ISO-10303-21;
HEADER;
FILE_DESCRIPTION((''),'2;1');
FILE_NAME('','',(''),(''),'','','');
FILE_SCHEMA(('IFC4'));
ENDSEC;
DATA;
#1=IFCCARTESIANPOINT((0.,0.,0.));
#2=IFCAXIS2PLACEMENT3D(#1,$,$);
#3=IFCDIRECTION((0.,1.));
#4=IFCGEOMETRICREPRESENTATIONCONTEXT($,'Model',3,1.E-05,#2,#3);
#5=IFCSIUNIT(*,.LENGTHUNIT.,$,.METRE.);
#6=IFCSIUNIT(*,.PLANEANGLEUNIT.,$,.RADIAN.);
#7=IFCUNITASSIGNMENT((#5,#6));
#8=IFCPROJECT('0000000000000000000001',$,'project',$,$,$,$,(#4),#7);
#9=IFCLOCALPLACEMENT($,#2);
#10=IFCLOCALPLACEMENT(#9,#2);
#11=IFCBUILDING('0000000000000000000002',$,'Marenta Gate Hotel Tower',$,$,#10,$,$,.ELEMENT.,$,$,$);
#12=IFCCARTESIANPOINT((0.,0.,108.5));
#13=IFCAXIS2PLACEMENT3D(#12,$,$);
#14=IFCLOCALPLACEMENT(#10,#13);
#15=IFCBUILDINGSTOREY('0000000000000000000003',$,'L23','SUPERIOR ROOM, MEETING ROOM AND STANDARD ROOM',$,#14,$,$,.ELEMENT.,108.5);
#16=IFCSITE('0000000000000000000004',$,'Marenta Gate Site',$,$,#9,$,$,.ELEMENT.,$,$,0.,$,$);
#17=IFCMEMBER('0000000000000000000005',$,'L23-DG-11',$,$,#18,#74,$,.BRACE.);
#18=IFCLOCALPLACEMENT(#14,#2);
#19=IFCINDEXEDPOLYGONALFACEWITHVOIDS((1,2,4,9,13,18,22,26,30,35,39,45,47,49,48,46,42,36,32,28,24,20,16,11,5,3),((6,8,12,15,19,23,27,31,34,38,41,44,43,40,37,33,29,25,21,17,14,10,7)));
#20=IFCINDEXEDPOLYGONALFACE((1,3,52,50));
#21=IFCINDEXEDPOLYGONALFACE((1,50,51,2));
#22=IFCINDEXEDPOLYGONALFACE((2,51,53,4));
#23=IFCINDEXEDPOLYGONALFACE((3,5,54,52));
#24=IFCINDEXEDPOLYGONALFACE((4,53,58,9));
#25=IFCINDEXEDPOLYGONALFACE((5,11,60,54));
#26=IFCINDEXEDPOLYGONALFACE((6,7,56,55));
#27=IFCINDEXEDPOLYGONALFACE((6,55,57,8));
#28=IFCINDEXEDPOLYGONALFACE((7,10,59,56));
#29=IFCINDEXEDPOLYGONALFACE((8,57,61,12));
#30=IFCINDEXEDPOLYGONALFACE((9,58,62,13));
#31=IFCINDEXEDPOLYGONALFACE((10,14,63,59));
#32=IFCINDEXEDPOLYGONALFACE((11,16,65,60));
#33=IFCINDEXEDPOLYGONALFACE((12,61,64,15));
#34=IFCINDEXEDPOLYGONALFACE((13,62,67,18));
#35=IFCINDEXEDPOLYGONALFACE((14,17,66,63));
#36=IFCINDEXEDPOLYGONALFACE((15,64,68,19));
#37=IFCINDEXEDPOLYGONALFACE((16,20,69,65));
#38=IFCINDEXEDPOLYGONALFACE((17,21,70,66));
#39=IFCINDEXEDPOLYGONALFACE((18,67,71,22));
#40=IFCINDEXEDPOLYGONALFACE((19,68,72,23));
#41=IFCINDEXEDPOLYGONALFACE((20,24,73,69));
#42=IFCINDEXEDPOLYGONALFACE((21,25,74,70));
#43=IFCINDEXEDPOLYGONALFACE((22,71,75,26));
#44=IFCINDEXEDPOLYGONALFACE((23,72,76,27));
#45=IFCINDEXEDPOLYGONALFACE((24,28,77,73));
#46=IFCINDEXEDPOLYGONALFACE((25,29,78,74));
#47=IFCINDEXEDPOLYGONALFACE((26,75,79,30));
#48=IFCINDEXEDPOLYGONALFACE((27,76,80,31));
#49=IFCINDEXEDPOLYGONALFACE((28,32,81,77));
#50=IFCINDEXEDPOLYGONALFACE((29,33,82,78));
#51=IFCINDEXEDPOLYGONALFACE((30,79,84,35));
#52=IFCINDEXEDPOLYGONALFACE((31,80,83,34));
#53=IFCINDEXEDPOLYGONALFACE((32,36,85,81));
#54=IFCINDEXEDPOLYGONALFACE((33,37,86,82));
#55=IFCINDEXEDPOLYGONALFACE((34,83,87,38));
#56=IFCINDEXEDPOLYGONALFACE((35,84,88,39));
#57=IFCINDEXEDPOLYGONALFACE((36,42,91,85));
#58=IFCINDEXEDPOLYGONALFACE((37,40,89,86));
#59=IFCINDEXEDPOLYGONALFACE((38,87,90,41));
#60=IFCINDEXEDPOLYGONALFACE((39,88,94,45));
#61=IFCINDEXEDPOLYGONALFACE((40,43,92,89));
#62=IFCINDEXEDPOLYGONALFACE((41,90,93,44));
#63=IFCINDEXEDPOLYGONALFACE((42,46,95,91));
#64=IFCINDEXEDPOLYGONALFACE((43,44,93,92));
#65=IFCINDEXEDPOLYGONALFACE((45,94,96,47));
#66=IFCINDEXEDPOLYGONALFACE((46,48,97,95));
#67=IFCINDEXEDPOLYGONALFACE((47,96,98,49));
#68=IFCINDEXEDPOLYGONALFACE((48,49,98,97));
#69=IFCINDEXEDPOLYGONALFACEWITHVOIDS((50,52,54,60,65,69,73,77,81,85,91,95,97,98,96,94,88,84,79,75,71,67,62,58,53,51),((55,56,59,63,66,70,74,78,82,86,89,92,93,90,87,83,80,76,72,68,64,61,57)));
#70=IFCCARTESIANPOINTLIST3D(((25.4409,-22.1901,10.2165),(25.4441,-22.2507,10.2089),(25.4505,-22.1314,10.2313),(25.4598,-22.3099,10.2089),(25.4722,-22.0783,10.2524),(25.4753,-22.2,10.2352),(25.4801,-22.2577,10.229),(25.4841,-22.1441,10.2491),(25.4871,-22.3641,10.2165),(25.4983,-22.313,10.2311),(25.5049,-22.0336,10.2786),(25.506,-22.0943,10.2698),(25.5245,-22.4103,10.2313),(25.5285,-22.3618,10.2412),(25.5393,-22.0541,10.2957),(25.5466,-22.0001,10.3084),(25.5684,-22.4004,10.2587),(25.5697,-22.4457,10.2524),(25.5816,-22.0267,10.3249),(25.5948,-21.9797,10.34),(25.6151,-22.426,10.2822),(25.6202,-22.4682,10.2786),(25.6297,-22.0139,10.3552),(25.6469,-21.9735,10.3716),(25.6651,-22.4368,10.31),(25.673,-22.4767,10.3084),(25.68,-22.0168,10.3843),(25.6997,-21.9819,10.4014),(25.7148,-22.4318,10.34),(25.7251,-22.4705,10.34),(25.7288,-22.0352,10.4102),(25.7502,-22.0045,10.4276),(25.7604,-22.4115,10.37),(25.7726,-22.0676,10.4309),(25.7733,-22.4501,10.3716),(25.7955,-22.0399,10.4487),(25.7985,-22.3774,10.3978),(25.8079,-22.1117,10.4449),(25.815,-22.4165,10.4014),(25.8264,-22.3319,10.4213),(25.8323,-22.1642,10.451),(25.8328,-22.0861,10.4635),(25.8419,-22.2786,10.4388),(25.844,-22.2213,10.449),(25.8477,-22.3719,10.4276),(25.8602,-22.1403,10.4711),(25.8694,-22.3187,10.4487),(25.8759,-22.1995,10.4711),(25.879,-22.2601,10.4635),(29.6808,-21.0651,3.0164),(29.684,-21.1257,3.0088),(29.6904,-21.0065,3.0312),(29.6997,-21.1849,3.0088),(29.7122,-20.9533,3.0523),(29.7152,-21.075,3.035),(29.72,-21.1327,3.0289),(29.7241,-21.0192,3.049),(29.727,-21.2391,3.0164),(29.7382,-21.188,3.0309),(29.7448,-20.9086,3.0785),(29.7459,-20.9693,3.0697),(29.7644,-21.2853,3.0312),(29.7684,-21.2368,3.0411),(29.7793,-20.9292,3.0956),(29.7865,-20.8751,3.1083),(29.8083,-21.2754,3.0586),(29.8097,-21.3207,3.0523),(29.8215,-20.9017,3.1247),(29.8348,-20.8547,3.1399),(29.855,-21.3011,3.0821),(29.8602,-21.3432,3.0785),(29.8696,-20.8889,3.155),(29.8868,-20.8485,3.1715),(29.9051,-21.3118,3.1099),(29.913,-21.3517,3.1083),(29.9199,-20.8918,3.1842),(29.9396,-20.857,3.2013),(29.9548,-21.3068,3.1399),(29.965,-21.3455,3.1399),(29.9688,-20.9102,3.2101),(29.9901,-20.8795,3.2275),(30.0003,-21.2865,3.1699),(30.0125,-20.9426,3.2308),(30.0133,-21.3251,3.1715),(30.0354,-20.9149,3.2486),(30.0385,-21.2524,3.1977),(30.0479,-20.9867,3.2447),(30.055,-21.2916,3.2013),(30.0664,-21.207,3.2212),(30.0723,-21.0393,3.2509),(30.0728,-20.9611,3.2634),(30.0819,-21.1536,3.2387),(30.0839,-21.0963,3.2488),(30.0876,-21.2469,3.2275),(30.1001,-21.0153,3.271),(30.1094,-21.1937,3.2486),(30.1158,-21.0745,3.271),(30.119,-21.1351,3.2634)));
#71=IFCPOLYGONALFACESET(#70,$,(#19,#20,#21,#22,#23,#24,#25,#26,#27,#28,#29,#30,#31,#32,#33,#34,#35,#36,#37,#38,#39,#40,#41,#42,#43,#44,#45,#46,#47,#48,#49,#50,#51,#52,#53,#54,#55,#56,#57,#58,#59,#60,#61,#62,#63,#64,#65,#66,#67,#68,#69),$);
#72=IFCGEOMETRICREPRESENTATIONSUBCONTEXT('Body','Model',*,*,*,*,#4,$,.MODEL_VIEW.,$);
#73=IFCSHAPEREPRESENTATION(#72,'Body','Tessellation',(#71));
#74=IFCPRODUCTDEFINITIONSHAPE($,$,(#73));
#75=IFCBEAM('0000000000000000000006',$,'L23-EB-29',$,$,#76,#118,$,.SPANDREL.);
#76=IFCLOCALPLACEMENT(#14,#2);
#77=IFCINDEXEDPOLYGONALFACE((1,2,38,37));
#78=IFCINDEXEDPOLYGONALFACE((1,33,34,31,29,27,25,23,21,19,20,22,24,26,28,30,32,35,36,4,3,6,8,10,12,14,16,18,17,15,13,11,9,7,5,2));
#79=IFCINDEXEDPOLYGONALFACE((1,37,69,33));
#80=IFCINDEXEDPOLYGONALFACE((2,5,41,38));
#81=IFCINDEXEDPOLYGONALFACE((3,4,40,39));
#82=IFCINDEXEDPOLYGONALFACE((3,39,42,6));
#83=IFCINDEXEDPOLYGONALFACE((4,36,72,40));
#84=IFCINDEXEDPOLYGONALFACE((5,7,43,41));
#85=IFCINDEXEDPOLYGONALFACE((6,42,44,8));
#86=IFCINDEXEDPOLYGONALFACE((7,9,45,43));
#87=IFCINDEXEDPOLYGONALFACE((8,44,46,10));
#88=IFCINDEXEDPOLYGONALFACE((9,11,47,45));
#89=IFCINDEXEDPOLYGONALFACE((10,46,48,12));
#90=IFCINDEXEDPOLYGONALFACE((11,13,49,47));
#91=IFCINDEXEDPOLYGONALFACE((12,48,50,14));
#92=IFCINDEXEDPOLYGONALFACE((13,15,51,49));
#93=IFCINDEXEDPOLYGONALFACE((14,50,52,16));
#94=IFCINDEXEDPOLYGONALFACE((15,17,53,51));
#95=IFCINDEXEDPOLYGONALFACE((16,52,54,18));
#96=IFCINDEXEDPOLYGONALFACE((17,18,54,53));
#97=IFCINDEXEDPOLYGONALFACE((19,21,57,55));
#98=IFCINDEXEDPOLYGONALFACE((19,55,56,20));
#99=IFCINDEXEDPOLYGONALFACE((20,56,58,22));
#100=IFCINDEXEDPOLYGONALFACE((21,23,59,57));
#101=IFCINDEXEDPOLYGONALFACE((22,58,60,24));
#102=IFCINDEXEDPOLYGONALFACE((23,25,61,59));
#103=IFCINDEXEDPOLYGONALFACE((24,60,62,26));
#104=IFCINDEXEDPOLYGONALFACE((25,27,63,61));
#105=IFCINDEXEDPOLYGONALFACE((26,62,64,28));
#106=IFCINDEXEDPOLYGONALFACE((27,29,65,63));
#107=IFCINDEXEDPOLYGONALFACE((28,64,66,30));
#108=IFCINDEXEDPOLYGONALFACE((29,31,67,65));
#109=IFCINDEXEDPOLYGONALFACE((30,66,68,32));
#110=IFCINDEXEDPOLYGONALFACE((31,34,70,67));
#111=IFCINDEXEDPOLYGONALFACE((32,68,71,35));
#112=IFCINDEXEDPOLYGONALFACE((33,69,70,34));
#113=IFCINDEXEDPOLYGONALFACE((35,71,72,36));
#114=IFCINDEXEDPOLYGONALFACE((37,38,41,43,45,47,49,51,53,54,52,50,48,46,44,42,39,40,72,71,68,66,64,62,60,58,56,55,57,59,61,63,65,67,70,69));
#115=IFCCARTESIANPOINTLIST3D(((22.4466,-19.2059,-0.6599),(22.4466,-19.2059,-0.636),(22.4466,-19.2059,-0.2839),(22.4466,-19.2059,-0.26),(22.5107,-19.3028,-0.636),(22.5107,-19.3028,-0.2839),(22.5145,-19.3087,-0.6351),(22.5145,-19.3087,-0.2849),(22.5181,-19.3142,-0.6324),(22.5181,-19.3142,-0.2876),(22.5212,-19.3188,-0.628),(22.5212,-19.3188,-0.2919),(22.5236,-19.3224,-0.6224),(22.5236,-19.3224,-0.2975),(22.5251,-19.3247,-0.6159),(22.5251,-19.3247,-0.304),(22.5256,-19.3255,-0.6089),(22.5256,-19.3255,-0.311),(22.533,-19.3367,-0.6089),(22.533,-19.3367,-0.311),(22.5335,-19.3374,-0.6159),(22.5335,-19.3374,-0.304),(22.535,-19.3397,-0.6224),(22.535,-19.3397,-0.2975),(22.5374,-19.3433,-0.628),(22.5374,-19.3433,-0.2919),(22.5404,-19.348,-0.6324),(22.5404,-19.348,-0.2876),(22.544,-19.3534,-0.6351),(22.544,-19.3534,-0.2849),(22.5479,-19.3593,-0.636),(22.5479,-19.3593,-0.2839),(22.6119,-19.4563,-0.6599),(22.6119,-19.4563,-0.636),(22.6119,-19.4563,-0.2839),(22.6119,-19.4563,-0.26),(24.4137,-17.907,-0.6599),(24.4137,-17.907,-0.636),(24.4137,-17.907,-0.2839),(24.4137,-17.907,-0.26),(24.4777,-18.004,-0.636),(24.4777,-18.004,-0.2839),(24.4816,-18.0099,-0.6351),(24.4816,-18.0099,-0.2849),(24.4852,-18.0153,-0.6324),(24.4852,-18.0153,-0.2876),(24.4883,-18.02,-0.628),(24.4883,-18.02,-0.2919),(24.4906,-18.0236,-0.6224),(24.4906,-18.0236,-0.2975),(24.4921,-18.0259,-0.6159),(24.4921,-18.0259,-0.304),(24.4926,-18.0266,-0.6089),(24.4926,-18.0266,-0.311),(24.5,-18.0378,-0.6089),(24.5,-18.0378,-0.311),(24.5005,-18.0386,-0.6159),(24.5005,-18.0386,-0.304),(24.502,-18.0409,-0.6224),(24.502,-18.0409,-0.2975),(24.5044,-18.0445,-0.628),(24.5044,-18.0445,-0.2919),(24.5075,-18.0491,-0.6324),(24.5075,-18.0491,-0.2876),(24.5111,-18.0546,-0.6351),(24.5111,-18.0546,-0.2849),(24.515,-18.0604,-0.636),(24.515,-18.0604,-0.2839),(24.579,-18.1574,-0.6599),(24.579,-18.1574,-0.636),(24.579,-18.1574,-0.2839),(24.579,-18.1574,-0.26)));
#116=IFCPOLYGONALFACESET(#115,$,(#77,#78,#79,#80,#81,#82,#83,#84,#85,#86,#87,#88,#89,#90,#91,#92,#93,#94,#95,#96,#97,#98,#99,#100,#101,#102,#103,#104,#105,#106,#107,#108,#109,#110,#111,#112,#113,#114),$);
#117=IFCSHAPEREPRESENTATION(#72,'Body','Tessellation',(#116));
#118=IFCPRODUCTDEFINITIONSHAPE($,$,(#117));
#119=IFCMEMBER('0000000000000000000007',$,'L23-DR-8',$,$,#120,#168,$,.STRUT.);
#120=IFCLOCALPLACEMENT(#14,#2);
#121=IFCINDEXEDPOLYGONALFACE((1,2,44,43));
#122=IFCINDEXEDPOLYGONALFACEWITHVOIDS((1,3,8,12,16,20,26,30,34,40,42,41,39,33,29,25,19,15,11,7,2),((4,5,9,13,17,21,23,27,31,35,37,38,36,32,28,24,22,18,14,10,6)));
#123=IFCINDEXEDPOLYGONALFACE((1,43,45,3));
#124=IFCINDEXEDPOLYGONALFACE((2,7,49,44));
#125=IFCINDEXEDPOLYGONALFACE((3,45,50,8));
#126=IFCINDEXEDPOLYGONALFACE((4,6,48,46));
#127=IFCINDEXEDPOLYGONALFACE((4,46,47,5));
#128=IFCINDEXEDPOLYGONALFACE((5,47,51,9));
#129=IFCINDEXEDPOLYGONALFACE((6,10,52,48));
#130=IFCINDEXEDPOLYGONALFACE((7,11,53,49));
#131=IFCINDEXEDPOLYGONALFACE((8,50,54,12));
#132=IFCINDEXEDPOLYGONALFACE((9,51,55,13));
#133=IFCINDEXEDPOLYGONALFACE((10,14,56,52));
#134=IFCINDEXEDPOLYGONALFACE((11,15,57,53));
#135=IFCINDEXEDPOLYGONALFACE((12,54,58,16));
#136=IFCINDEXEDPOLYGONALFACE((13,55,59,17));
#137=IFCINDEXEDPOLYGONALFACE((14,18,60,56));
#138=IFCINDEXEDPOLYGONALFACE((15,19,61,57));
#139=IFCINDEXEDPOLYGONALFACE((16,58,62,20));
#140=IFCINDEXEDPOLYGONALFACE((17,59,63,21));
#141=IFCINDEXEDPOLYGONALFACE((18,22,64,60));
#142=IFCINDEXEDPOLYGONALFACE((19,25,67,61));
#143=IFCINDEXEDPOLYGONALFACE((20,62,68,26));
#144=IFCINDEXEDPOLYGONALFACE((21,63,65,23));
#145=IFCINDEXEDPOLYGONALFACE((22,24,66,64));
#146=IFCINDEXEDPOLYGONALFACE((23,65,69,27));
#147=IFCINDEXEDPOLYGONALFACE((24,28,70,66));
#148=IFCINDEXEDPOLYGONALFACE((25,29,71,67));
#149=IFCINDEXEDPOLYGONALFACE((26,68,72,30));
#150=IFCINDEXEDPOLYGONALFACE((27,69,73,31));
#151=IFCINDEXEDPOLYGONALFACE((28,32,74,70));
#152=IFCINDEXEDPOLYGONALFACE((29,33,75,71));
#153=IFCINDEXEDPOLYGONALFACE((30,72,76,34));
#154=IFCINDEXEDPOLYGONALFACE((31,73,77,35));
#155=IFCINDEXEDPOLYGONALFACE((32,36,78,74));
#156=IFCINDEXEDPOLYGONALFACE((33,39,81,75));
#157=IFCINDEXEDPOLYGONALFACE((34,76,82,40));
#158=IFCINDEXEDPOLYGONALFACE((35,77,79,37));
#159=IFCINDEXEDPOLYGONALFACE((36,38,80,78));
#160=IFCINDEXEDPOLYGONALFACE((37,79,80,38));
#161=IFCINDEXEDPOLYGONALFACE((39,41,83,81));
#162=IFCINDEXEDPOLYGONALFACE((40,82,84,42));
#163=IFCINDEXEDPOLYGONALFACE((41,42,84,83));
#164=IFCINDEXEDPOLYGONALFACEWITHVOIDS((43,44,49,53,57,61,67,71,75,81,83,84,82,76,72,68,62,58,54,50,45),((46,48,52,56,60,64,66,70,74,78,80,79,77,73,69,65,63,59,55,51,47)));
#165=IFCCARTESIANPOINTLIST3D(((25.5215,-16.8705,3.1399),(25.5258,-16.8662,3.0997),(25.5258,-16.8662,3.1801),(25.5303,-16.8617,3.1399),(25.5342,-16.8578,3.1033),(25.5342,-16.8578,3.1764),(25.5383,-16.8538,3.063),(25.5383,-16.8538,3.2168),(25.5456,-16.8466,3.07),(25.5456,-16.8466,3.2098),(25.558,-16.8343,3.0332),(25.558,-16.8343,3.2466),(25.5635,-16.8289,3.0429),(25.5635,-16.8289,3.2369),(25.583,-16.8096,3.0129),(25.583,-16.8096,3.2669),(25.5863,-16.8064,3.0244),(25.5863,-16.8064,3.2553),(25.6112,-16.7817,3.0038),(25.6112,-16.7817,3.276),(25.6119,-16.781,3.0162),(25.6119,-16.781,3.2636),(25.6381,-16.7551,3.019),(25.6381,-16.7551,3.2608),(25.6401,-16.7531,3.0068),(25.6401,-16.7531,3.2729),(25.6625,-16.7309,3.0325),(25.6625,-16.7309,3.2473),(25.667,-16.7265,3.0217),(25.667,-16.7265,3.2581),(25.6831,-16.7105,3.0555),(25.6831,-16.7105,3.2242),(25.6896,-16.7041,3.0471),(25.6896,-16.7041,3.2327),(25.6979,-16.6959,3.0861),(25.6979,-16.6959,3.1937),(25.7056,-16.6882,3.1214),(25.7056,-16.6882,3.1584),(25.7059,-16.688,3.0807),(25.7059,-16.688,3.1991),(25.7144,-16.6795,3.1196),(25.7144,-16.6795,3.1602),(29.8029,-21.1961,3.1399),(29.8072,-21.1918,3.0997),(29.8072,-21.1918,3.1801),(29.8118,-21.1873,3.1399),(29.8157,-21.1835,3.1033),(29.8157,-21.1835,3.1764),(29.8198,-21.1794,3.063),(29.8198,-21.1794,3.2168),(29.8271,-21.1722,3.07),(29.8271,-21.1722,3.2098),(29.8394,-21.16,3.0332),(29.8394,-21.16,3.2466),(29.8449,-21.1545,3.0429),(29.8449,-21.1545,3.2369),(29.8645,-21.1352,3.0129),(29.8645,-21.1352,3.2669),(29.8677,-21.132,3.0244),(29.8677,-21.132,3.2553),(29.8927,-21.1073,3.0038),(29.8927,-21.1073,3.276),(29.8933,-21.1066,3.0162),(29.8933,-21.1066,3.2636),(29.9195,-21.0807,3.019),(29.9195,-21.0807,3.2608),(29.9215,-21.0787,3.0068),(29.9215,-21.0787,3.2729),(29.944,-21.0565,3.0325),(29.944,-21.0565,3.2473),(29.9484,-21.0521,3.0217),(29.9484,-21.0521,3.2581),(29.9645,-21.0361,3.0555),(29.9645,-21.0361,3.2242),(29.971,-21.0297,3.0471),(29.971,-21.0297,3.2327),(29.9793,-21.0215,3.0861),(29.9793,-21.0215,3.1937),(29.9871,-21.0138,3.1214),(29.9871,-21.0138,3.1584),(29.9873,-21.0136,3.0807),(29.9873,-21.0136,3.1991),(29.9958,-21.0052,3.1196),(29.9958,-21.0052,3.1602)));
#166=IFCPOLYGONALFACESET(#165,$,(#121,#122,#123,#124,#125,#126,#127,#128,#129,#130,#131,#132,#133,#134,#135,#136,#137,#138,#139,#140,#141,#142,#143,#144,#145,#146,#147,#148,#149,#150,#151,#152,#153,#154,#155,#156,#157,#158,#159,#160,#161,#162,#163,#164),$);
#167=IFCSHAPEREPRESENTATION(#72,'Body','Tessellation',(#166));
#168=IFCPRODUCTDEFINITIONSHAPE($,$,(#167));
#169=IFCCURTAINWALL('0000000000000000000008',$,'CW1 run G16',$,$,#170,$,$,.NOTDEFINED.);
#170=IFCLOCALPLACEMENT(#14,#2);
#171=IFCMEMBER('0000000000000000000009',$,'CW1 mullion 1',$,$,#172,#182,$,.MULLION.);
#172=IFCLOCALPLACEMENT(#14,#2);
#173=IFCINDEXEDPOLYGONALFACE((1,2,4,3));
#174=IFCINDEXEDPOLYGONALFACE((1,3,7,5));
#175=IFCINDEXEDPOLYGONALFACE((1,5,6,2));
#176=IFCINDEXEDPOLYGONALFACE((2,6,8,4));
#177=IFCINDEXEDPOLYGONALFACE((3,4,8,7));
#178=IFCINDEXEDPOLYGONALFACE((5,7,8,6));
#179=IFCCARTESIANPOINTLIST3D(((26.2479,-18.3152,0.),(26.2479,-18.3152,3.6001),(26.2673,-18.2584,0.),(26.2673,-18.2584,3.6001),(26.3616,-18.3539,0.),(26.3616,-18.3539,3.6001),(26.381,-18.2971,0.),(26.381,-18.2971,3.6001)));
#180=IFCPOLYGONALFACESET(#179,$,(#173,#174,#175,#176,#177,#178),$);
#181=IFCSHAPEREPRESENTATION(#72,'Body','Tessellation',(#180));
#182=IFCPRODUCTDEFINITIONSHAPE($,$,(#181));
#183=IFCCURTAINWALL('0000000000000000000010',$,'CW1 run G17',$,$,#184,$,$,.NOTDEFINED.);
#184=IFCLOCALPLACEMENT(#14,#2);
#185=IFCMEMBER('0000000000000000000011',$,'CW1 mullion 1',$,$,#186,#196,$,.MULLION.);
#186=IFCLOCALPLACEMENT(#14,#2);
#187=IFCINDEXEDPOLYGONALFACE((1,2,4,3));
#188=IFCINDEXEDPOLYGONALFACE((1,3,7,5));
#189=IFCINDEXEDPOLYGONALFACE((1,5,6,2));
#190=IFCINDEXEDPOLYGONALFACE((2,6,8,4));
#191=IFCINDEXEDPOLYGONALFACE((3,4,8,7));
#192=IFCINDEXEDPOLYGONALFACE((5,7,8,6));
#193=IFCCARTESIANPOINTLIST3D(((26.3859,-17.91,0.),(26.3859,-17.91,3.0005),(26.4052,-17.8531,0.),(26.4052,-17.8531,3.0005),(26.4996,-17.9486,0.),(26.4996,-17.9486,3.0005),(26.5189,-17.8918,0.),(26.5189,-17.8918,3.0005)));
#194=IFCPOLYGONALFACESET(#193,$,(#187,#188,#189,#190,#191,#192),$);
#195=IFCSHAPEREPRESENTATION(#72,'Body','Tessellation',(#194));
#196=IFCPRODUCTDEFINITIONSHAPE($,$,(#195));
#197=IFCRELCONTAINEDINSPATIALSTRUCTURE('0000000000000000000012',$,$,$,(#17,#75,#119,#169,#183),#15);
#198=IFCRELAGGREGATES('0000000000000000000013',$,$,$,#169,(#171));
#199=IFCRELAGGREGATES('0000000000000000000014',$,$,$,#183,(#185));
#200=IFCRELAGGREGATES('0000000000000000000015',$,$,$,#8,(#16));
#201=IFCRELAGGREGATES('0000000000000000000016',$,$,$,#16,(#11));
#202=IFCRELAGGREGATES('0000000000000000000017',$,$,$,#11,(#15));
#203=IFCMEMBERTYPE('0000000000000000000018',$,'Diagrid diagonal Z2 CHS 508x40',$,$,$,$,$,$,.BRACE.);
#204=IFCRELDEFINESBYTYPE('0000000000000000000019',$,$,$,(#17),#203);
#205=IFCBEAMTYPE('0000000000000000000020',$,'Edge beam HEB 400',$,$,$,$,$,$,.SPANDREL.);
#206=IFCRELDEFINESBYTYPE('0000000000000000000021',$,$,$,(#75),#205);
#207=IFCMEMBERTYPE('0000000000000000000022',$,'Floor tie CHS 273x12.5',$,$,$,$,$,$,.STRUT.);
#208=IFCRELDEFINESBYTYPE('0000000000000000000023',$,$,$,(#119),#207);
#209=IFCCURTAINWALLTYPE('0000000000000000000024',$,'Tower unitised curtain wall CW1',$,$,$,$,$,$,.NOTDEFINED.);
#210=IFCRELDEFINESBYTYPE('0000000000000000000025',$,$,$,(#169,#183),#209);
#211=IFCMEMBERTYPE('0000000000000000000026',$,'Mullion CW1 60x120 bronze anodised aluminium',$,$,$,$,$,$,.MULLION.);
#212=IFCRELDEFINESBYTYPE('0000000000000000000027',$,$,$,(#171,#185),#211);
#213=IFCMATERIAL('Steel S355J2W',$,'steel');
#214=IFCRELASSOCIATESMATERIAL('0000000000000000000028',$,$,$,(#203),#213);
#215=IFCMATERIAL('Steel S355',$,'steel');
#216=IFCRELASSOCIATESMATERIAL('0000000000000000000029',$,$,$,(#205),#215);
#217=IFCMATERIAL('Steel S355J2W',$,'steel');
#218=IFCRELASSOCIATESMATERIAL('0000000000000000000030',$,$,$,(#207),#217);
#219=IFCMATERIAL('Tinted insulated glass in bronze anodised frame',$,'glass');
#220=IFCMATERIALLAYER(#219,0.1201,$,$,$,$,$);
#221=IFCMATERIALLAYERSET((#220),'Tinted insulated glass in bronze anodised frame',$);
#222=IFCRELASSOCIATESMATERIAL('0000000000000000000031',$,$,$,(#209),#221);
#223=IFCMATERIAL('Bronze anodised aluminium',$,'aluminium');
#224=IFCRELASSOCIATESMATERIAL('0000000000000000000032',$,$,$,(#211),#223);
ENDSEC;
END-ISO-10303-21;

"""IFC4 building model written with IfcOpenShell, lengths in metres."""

from ifc_helpers import new_model, si_unit, direction, frame, origin, origin_2d, place, context, subcontext, project, spatial, rectangle, hollow_circle, i_section, extrude, material, layer, layer_set, material_profile, profile_set, type_object, element, aggregate, save


model = new_model("IFC4")

# Units and contexts
model_context = context("Model", 3, precision=1e-05, world=origin(), true_north=direction((0.0, 1.0)))
body_context = subcontext(model_context, "Body", "Model", "MODEL_VIEW")
ifc_project = project(units=[si_unit("LENGTHUNIT", "METRE"), si_unit("PLANEANGLEUNIT", "RADIAN")], contexts=[model_context])

# Site, building, storey
site_placement = place(None, origin())
site = spatial("IfcSite", under=ifc_project, at=site_placement, Name="Marenta Gate Site", CompositionType="ELEMENT", RefElevation=0.0)
building_placement = place(site_placement, origin())
building = spatial("IfcBuilding", under=site, at=building_placement, Name="Marenta Gate Hotel Tower", CompositionType="ELEMENT")
storey_placement = place(building_placement, frame((0.0, 0.0, 108.5)))
storey = spatial("IfcBuildingStorey", under=building, at=storey_placement, Name="L23", Description="SUPERIOR ROOM, MEETING ROOM AND STANDARD ROOM", CompositionType="ELEMENT", Elevation=108.5)

# Member
ifc_material_1 = material(Name="Steel S355J2W", Category="steel")
ifc_material_profile_1 = material_profile(ifc_material_1, hollow_circle(Radius=0.2539, WallThickness=0.04, at=origin_2d()), Name="CHS 508x40")
ifc_profile_set_1 = profile_set([ifc_material_profile_1], Name="Steel S355J2W")
member_type_1 = type_object("IfcMemberType", Name="Diagrid diagonal Z2 CHS 508x40", PredefinedType="BRACE", material=ifc_profile_set_1)
member_1_placement = place(storey_placement, frame((29.8999, -21.1001, 3.1399), z_axis=(-0.50289, -0.133432, 0.853989), x_axis=(0.256457, -0.966556, 0.0)))
element("IfcMember", 1, at=member_1_placement, inside=storey, type_object=member_type_1, Name="L23-DG-11", PredefinedType="BRACE", context=body_context, shape_type="SweptSolid", body=[
    extrude(hollow_circle(Radius=0.2539, WallThickness=0.04, at=origin_2d()), origin(), (0.0, 0.0, 1.0), 8.4312),
])

# Beam
ifc_material_2 = material(Name="Steel S355", Category="steel")
ifc_material_profile_2 = material_profile(ifc_material_2, i_section(OverallWidth=0.3, OverallDepth=0.3999, WebThickness=0.0134, FlangeThickness=0.0239, FilletRadius=0.0271, at=origin_2d()), Name="HEB 400")
ifc_profile_set_2 = profile_set([ifc_material_profile_2], Name="Steel S355")
beam_type = type_object("IfcBeamType", Name="Edge beam HEB 400", PredefinedType="SPANDREL", material=ifc_profile_set_2)
beam_placement = place(storey_placement, frame((24.4963, -18.0322, -0.46), z_axis=(-0.834496, -0.551014, 0.0), x_axis=(0.551014, -0.834496, 0.0)))
element("IfcBeam", 2, at=beam_placement, inside=storey, type_object=beam_type, Name="L23-EB-29", PredefinedType="SPANDREL", context=body_context, shape_type="SweptSolid", body=[
    extrude(i_section(OverallWidth=0.3, OverallDepth=0.3999, WebThickness=0.0134, FlangeThickness=0.0239, FilletRadius=0.0271, at=origin_2d()), origin(), (0.0, 0.0, 1.0), 2.3572),
])

# Member
ifc_material_3 = material(Name="Steel S355J2W", Category="steel")
ifc_material_profile_3 = material_profile(ifc_material_3, hollow_circle(Radius=0.1365, WallThickness=0.0125, at=origin_2d()), Name="CHS 273x12.5")
ifc_profile_set_3 = profile_set([ifc_material_profile_3], Name="Steel S355J2W")
member_type_2 = type_object("IfcMemberType", Name="Floor tie CHS 273x12.5", PredefinedType="STRUT", material=ifc_profile_set_3)
member_2_placement = place(storey_placement, frame((29.8999, -21.1001, 3.1399), z_axis=(-0.703467, 0.710728, 0.0), x_axis=(-0.710728, -0.703467, 0.0)))
element("IfcMember", 3, at=member_2_placement, inside=storey, type_object=member_type_2, Name="L23-DR-8", PredefinedType="STRUT", context=body_context, shape_type="SweptSolid", body=[
    extrude(hollow_circle(Radius=0.1365, WallThickness=0.0125, at=origin_2d()), origin(), (0.0, 0.0, 1.0), 6.0862),
])

# Curtain walls, members
ifc_material_4 = material(Name="Tinted insulated glass in bronze anodised frame", Category="glass")
ifc_layer_1 = layer(ifc_material_4, 0.1201)
ifc_layer_set_1 = layer_set([ifc_layer_1], Name="Tinted insulated glass in bronze anodised frame")
curtain_wall_type = type_object("IfcCurtainWallType", Name="Tower unitised curtain wall CW1", PredefinedType="NOTDEFINED", material=ifc_layer_set_1)
curtain_wall_1_placement = place(storey_placement, origin())
curtain_wall_1 = element("IfcCurtainWall", 4, at=curtain_wall_1_placement, inside=storey, type_object=curtain_wall_type, Name="CW1 run G16", PredefinedType="NOTDEFINED")
ifc_material_5 = material(Name="Bronze anodised aluminium", Category="aluminium")
ifc_material_profile_4 = material_profile(ifc_material_5, rectangle(XDim=0.1201, YDim=0.0601, at=origin_2d()), Name="Mullion CW1 60x120 bronze anodised aluminium")
ifc_profile_set_4 = profile_set([ifc_material_profile_4], Name="Bronze anodised aluminium")
member_type_3 = type_object("IfcMemberType", Name="Mullion CW1 60x120 bronze anodised aluminium", PredefinedType="MULLION", material=ifc_profile_set_4)
member_3_placement = place(storey_placement, frame((26.3145, -18.3062, 0.0), z_axis=(0.0, 0.0, 1.0), x_axis=(-0.946727, 0.322037, 0.0)))
member_3 = element("IfcMember", 5, at=member_3_placement, type_object=member_type_3, Name="CW1 mullion 1", PredefinedType="MULLION", context=body_context, shape_type="SweptSolid", body=[
    extrude(rectangle(XDim=0.1201, YDim=0.0601, at=origin_2d()), origin(), (0.0, 0.0, 1.0), 3.6001),
])
curtain_wall_2_placement = place(storey_placement, origin())
curtain_wall_2 = element("IfcCurtainWall", 6, at=curtain_wall_2_placement, inside=storey, type_object=curtain_wall_type, Name="CW1 run G17", PredefinedType="NOTDEFINED")
member_4_placement = place(storey_placement, frame((26.4524, -17.9009, 0.0), z_axis=(0.0, 0.0, 1.0), x_axis=(-0.946729, 0.32203, 0.0)))
member_4 = element("IfcMember", 7, at=member_4_placement, type_object=member_type_3, Name="CW1 mullion 1", PredefinedType="MULLION", context=body_context, shape_type="SweptSolid", body=[
    extrude(rectangle(XDim=0.1201, YDim=0.0601, at=origin_2d()), origin(), (0.0, 0.0, 1.0), 3.0005),
])

aggregate(curtain_wall_1, [member_3])
aggregate(curtain_wall_2, [member_4])

save(model, "model.ifc")
